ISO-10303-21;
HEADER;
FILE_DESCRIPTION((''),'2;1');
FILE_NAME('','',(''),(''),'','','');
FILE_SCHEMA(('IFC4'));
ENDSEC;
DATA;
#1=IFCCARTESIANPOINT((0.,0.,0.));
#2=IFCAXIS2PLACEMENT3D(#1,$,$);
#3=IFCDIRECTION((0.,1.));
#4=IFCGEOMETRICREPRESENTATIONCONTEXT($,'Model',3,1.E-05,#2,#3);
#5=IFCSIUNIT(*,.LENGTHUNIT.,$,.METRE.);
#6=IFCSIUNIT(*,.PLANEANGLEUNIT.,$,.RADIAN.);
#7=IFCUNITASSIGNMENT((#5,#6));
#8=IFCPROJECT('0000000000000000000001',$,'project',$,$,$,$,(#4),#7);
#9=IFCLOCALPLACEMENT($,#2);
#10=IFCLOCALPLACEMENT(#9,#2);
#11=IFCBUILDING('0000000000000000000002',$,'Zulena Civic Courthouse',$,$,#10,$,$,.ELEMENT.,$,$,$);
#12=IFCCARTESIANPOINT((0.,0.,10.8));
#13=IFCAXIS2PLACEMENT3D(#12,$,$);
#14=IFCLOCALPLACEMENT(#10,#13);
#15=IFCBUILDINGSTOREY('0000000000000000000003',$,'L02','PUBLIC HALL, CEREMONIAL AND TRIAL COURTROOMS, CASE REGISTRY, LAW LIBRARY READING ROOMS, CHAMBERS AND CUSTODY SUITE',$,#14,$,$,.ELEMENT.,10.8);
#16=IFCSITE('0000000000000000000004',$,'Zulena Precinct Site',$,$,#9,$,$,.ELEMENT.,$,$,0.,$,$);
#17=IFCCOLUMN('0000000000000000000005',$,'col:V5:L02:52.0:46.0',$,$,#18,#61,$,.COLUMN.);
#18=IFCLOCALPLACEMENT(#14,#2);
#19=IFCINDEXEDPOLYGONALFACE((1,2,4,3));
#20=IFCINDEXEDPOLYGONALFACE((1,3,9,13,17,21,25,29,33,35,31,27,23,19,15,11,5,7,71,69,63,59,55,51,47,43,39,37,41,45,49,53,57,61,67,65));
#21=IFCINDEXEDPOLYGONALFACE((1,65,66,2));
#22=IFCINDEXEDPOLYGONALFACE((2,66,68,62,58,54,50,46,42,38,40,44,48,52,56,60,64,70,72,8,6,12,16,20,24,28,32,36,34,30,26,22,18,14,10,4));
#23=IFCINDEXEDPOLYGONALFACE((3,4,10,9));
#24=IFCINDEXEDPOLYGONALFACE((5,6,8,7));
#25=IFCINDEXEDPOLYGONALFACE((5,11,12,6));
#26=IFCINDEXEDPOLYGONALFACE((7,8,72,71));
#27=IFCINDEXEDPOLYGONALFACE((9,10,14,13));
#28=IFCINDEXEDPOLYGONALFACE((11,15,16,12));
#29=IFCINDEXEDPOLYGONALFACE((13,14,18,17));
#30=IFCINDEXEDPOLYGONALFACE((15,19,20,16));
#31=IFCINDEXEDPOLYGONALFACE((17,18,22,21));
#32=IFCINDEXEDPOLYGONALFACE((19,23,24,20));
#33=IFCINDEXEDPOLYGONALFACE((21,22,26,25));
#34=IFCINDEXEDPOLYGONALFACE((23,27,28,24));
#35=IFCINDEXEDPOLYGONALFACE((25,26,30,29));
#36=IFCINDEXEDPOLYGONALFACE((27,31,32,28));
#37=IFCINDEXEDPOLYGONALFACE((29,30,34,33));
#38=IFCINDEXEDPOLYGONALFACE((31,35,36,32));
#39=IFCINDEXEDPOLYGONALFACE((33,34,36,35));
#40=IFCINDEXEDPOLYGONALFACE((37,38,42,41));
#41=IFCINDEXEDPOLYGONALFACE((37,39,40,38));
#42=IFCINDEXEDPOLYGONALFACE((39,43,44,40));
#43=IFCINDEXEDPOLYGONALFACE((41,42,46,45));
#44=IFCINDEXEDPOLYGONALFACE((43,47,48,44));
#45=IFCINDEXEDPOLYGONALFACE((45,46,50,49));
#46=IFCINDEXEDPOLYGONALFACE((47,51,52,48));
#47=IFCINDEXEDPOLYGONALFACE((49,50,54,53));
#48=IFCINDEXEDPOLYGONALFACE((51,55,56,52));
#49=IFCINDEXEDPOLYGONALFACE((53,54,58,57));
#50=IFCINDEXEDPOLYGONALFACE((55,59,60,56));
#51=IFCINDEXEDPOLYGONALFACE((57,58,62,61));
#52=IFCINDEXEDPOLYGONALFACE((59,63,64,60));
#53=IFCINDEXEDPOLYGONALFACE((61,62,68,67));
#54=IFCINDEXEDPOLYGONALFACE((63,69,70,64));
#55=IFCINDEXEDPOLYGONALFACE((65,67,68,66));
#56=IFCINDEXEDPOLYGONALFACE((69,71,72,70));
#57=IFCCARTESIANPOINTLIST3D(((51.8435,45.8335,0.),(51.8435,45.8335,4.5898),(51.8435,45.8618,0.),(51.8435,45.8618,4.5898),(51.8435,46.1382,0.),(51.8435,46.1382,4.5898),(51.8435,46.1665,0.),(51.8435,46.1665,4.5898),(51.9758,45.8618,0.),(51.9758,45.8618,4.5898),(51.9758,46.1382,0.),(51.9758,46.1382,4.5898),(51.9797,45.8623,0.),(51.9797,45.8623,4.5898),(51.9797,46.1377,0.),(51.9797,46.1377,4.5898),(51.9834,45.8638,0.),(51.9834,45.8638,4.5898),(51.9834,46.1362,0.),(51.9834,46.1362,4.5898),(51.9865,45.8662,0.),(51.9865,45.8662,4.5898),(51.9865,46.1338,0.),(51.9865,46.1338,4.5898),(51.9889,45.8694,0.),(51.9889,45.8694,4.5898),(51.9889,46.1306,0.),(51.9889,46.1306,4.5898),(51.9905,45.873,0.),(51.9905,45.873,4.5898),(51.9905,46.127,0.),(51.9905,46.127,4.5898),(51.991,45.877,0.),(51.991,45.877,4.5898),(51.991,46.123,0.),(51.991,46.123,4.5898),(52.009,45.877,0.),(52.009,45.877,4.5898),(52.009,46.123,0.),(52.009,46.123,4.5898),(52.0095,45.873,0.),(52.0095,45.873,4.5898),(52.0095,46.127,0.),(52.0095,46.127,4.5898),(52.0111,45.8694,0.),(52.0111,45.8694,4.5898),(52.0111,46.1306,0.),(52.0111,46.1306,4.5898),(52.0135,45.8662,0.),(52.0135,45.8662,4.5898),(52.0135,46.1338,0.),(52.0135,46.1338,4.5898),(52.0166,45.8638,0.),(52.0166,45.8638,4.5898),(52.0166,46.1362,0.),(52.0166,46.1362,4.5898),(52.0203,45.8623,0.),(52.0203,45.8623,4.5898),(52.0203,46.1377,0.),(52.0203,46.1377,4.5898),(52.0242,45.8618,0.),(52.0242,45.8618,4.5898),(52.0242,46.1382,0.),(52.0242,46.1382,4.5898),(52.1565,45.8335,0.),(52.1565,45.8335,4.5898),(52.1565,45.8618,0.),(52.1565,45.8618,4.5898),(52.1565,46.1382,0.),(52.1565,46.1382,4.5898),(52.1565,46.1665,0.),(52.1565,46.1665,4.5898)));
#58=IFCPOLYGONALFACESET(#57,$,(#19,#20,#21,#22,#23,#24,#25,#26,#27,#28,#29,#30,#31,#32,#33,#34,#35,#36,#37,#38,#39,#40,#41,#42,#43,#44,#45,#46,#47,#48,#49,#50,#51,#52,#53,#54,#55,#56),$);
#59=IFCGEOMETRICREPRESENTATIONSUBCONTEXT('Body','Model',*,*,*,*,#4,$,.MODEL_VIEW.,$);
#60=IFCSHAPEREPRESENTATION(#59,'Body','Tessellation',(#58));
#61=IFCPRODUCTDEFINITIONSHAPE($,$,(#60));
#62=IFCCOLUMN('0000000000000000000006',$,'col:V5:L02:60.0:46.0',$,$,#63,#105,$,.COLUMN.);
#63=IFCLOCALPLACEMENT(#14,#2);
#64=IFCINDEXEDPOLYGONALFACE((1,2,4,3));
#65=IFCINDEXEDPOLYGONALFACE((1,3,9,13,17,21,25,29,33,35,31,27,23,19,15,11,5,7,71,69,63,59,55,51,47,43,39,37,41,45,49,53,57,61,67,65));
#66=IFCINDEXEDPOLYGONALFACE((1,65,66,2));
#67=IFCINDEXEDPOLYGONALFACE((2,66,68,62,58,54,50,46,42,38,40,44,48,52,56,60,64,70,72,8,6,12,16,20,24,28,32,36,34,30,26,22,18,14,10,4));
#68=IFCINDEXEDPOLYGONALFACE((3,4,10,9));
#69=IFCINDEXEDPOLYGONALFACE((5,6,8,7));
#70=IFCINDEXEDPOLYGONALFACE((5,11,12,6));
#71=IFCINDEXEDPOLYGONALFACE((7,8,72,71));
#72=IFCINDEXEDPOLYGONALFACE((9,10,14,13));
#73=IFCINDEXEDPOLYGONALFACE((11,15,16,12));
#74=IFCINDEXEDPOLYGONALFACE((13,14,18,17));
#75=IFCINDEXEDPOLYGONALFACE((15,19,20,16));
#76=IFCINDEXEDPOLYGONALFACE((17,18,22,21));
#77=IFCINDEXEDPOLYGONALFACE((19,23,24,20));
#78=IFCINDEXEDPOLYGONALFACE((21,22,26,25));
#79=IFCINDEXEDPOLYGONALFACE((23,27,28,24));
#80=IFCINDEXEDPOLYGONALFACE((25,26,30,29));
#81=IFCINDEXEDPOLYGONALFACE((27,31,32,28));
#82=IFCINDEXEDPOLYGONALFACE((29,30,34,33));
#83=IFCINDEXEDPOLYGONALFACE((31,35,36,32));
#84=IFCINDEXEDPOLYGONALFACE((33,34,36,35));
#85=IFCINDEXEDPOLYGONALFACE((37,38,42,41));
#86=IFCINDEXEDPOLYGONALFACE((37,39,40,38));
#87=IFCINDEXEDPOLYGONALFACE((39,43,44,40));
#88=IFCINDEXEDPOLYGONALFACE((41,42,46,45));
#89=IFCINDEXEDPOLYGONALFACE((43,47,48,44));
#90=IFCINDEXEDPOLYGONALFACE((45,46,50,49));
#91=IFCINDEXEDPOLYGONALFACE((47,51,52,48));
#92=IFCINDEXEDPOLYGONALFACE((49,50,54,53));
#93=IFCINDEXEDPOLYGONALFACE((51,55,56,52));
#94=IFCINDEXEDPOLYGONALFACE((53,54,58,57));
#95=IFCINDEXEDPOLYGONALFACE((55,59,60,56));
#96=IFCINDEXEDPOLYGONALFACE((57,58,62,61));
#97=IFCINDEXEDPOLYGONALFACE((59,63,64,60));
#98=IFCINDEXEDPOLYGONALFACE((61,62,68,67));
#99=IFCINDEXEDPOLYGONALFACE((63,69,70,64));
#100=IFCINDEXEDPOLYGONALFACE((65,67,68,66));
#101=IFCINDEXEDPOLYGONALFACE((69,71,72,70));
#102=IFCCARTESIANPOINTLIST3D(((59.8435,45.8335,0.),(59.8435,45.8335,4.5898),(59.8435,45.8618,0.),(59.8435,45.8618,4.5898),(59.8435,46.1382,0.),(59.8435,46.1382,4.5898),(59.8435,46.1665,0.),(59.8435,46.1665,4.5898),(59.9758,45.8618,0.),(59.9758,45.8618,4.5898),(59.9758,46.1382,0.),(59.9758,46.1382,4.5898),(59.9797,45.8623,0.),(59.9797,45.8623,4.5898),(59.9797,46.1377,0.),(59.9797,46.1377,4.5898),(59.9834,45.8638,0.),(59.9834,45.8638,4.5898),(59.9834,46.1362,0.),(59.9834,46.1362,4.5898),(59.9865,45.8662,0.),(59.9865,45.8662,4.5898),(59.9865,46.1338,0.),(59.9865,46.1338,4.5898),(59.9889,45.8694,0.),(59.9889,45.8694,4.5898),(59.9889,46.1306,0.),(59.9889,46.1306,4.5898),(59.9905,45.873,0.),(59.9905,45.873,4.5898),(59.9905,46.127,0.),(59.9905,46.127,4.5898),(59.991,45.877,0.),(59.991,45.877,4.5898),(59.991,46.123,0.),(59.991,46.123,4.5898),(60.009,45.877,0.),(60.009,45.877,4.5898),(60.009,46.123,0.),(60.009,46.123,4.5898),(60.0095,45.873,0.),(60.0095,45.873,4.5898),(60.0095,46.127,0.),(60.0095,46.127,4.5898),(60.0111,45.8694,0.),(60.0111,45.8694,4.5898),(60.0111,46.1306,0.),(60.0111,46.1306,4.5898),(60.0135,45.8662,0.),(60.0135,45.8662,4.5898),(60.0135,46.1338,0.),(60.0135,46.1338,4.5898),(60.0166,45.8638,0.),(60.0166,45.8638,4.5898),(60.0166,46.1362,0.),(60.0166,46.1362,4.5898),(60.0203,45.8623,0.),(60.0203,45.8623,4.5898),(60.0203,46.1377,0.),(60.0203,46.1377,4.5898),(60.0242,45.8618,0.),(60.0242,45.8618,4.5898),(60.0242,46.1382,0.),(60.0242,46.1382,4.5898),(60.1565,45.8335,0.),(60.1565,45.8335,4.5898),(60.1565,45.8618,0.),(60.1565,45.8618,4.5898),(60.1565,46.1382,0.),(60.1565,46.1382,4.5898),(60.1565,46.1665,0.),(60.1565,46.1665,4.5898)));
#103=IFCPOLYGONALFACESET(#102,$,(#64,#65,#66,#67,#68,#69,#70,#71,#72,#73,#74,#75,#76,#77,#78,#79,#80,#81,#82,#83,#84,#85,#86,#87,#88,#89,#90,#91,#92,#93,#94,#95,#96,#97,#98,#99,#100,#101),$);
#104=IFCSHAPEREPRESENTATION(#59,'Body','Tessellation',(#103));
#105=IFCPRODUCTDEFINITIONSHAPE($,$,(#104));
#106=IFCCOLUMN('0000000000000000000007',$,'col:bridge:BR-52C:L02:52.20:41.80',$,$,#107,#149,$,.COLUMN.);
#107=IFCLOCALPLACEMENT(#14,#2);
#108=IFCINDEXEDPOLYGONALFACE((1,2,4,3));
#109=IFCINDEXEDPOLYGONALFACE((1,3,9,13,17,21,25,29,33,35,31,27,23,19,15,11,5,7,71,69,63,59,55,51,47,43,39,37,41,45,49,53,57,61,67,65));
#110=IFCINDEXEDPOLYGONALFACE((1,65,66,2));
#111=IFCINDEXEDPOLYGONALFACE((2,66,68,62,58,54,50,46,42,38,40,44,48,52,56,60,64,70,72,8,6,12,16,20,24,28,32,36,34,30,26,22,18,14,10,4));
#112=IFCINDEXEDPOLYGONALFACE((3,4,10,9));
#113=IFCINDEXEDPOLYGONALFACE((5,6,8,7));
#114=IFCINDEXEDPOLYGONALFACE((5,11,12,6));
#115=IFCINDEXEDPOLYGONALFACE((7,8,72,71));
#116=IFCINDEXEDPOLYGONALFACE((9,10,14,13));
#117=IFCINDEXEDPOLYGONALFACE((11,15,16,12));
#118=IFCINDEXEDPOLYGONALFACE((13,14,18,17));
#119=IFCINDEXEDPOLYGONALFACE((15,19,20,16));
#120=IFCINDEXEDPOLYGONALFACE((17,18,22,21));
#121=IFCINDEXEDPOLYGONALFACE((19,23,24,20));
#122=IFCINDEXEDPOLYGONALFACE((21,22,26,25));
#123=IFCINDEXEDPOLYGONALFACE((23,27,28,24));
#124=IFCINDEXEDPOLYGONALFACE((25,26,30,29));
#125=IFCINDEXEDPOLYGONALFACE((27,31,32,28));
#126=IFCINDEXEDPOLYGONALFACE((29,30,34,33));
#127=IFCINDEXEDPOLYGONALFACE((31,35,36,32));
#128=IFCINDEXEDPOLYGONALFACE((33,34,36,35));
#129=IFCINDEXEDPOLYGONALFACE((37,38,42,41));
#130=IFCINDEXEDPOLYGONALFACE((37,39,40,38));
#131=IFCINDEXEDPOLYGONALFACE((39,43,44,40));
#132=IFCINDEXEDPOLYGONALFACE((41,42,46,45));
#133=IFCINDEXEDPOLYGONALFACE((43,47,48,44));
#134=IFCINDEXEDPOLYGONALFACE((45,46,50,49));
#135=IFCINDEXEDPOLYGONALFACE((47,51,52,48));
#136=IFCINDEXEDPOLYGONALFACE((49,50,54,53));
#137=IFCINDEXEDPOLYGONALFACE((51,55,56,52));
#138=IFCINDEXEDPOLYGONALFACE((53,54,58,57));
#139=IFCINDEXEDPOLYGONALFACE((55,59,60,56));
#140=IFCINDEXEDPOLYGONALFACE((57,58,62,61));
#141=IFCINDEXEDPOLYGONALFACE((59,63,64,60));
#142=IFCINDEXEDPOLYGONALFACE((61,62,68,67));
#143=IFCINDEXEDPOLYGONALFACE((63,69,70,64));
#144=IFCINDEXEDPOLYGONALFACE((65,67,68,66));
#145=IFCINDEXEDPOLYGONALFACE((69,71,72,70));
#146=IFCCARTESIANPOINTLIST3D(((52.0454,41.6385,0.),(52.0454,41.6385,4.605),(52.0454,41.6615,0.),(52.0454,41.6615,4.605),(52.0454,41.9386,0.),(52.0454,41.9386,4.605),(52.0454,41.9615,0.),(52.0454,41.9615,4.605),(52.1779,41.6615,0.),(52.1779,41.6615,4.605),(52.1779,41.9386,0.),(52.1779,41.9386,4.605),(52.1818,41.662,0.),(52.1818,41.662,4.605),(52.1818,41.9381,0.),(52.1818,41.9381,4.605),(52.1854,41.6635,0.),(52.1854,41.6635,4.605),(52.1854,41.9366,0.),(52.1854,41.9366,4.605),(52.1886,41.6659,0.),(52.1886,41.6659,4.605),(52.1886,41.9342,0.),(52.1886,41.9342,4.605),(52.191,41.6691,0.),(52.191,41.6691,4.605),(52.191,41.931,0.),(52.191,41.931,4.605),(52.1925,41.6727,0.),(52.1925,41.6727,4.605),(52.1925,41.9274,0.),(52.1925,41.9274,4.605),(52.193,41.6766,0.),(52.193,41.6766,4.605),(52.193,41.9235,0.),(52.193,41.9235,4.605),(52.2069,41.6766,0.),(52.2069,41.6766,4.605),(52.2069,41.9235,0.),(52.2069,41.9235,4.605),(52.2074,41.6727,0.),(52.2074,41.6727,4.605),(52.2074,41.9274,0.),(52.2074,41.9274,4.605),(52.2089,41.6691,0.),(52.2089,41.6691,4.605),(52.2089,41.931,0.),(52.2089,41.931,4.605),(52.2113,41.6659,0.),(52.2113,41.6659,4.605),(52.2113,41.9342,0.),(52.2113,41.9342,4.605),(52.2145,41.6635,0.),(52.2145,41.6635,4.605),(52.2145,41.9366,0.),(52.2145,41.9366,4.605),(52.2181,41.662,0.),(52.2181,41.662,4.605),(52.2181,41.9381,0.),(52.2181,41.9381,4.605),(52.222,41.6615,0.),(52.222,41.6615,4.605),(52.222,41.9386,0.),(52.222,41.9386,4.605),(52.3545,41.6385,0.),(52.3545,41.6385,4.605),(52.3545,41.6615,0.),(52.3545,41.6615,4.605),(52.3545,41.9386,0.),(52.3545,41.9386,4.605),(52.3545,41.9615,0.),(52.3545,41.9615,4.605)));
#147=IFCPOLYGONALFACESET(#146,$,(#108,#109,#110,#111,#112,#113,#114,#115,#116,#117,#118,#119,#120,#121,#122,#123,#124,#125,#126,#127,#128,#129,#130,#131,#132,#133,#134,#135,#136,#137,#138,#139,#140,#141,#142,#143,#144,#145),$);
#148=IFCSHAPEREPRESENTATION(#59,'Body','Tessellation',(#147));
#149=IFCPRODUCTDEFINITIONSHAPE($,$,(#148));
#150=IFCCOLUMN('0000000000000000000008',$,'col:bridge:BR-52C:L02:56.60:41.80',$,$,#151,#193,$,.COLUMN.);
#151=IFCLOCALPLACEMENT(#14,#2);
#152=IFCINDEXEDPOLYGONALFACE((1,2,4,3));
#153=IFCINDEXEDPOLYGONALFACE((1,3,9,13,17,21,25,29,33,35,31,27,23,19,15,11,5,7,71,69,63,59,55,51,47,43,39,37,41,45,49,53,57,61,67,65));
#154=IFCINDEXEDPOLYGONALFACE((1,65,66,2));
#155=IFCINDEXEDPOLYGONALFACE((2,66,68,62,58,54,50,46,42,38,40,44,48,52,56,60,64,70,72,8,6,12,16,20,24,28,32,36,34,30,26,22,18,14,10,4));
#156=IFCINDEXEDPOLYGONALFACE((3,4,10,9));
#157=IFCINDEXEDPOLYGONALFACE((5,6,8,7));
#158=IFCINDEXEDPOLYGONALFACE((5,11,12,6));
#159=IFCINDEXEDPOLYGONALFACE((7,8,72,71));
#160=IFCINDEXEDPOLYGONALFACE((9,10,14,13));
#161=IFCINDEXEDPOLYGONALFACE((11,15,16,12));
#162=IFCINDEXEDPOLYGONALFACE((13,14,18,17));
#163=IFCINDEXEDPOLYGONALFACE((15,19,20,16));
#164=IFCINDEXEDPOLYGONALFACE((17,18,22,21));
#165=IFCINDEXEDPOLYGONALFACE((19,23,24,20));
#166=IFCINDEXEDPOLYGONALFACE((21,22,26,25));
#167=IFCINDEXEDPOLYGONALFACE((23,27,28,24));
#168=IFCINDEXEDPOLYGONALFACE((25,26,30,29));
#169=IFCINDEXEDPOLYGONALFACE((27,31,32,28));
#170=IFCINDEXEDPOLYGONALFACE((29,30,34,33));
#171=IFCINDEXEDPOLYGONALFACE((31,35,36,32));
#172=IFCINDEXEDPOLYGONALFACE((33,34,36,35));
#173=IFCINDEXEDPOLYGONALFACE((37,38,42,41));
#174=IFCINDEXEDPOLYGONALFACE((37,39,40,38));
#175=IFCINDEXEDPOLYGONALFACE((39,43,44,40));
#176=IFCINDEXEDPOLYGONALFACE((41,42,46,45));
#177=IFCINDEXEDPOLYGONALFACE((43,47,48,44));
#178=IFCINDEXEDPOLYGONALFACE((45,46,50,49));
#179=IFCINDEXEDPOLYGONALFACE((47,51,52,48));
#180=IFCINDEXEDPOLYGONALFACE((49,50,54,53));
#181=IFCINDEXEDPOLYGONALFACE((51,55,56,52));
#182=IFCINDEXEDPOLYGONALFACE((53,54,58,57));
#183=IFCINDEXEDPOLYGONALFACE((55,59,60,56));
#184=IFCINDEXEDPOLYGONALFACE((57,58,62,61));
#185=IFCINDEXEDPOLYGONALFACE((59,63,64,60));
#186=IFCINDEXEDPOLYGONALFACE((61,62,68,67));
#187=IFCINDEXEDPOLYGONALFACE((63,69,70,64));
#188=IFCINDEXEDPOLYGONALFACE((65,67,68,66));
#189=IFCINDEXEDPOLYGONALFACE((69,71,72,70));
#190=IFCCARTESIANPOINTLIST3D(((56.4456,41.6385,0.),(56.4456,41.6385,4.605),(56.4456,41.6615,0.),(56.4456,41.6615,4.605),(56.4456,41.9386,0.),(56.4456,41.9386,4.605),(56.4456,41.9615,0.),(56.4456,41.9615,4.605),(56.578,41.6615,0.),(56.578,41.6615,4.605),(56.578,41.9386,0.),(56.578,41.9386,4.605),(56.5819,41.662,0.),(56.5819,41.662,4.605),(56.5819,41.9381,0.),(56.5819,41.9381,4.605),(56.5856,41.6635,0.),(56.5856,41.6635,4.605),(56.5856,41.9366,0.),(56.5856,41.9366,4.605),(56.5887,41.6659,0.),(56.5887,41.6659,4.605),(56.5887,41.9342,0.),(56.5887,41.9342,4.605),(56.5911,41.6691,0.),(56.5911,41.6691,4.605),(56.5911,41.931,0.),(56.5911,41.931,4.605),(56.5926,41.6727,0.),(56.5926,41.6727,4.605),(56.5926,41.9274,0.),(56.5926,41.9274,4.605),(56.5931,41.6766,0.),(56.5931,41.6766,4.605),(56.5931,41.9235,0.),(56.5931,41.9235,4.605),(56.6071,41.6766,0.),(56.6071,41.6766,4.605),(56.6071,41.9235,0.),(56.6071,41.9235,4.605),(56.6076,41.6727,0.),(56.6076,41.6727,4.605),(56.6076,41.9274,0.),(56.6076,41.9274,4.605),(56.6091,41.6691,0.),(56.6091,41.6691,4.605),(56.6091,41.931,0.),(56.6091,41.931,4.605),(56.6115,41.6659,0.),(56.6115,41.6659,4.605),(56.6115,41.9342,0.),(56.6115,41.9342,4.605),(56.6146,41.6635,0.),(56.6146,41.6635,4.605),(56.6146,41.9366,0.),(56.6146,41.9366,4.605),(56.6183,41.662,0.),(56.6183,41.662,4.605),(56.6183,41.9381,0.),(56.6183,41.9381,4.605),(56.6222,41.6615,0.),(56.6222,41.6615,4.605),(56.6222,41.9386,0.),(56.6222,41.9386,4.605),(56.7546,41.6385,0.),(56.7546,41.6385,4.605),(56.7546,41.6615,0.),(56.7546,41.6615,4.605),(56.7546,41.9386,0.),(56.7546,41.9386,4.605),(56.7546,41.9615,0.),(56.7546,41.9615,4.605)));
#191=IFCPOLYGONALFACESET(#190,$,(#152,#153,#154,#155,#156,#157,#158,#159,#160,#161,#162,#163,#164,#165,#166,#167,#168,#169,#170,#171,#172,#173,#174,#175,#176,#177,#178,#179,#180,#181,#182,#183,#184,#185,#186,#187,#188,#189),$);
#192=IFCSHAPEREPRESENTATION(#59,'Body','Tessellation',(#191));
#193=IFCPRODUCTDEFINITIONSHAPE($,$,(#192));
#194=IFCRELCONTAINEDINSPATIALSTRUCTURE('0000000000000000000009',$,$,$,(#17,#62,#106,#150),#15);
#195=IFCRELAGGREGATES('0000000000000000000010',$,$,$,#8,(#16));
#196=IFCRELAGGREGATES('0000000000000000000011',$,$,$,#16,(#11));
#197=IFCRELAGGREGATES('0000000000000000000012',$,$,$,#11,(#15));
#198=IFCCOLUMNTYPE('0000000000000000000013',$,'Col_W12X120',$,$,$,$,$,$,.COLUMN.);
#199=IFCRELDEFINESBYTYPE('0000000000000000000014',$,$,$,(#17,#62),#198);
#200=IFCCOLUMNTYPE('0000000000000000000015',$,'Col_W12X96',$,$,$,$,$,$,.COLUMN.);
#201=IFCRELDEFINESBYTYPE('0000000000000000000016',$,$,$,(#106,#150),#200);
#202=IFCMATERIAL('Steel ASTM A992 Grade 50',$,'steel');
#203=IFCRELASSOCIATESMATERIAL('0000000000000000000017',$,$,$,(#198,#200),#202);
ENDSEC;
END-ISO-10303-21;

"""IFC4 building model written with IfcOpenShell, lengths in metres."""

from ifc_helpers import new_model, si_unit, direction, frame, origin, origin_2d, place, context, subcontext, project, spatial, i_section, extrude, material, material_profile, profile_set, type_object, element, save


model = new_model("IFC4")

# Units and contexts
model_context = context("Model", 3, precision=1e-05, world=origin(), true_north=direction((0.0, 1.0)))
body_context = subcontext(model_context, "Body", "Model", "MODEL_VIEW")
ifc_project = project(units=[si_unit("LENGTHUNIT", "METRE"), si_unit("PLANEANGLEUNIT", "RADIAN")], contexts=[model_context])

# Site, building, storey
site_placement = place(None, origin())
site = spatial("IfcSite", under=ifc_project, at=site_placement, Name="Zulena Precinct Site", CompositionType="ELEMENT", RefElevation=0.0)
building_placement = place(site_placement, origin())
building = spatial("IfcBuilding", under=site, at=building_placement, Name="Zulena Civic Courthouse", CompositionType="ELEMENT")
storey_placement = place(building_placement, frame((0.0, 0.0, 10.8)))
storey = spatial("IfcBuildingStorey", under=building, at=storey_placement, Name="L02", Description="PUBLIC HALL, CEREMONIAL AND TRIAL COURTROOMS, CASE REGISTRY, LAW LIBRARY READING ROOMS, CHAMBERS AND CUSTODY SUITE", CompositionType="ELEMENT", Elevation=10.8)

# Columns
ifc_material_1 = material(Name="Steel ASTM A992 Grade 50", Category="steel")
ifc_material_profile_1 = material_profile(ifc_material_1, i_section(OverallWidth=0.313, OverallDepth=0.333, WebThickness=0.0181, FlangeThickness=0.0283, FilletRadius=0.0151, at=origin_2d()), Name="W12X120")
ifc_profile_set_1 = profile_set([ifc_material_profile_1], Name="Steel ASTM A992 Grade 50")
column_type_1 = type_object("IfcColumnType", Name="Col_W12X120", PredefinedType="COLUMN", material=ifc_profile_set_1)
for number, where, z_axis, x_axis, name in (
    (1, (52.0, 46.0, 0.0), (0.0, 0.0, 1.0), (1.0, 0.0, 0.0), "col:V5:L02:52.0:46.0"),
    (2, (60.0, 46.0, 0.0), (0.0, 0.0, 1.0), (1.0, 0.0, 0.0), "col:V5:L02:60.0:46.0"),
):
    element("IfcColumn", number, at=place(storey_placement, frame(where, z_axis=z_axis, x_axis=x_axis)), inside=storey, type_object=column_type_1, Name=name, PredefinedType="COLUMN", context=body_context, shape_type="SweptSolid", body=[
        extrude(i_section(OverallWidth=0.313, OverallDepth=0.333, WebThickness=0.0181, FlangeThickness=0.0283, FilletRadius=0.0151, at=origin_2d()), origin(), (0.0, 0.0, 1.0), 4.5898),
    ])
ifc_material_profile_2 = material_profile(ifc_material_1, i_section(OverallWidth=0.3091, OverallDepth=0.323, WebThickness=0.0139, FlangeThickness=0.0229, FilletRadius=0.0151, at=origin_2d()), Name="W12X96")
ifc_profile_set_2 = profile_set([ifc_material_profile_2], Name="Steel ASTM A992 Grade 50")
column_type_2 = type_object("IfcColumnType", Name="Col_W12X96", PredefinedType="COLUMN", material=ifc_profile_set_2)
for number, where, z_axis, x_axis, name in (
    (3, (52.2, 41.8, 0.0), (0.0, 0.0, 1.0), (1.0, 0.0, 0.0), "col:bridge:BR-52C:L02:52.20:41.80"),
    (4, (56.6001, 41.8, 0.0), (0.0, 0.0, 1.0), (1.0, 0.0, 0.0), "col:bridge:BR-52C:L02:56.60:41.80"),
):
    element("IfcColumn", number, at=place(storey_placement, frame(where, z_axis=z_axis, x_axis=x_axis)), inside=storey, type_object=column_type_2, Name=name, PredefinedType="COLUMN", context=body_context, shape_type="SweptSolid", body=[
        extrude(i_section(OverallWidth=0.3091, OverallDepth=0.323, WebThickness=0.0139, FlangeThickness=0.0229, FilletRadius=0.0151, at=origin_2d()), origin(), (0.0, 0.0, 1.0), 4.605),
    ])

save(model, "model.ifc")
